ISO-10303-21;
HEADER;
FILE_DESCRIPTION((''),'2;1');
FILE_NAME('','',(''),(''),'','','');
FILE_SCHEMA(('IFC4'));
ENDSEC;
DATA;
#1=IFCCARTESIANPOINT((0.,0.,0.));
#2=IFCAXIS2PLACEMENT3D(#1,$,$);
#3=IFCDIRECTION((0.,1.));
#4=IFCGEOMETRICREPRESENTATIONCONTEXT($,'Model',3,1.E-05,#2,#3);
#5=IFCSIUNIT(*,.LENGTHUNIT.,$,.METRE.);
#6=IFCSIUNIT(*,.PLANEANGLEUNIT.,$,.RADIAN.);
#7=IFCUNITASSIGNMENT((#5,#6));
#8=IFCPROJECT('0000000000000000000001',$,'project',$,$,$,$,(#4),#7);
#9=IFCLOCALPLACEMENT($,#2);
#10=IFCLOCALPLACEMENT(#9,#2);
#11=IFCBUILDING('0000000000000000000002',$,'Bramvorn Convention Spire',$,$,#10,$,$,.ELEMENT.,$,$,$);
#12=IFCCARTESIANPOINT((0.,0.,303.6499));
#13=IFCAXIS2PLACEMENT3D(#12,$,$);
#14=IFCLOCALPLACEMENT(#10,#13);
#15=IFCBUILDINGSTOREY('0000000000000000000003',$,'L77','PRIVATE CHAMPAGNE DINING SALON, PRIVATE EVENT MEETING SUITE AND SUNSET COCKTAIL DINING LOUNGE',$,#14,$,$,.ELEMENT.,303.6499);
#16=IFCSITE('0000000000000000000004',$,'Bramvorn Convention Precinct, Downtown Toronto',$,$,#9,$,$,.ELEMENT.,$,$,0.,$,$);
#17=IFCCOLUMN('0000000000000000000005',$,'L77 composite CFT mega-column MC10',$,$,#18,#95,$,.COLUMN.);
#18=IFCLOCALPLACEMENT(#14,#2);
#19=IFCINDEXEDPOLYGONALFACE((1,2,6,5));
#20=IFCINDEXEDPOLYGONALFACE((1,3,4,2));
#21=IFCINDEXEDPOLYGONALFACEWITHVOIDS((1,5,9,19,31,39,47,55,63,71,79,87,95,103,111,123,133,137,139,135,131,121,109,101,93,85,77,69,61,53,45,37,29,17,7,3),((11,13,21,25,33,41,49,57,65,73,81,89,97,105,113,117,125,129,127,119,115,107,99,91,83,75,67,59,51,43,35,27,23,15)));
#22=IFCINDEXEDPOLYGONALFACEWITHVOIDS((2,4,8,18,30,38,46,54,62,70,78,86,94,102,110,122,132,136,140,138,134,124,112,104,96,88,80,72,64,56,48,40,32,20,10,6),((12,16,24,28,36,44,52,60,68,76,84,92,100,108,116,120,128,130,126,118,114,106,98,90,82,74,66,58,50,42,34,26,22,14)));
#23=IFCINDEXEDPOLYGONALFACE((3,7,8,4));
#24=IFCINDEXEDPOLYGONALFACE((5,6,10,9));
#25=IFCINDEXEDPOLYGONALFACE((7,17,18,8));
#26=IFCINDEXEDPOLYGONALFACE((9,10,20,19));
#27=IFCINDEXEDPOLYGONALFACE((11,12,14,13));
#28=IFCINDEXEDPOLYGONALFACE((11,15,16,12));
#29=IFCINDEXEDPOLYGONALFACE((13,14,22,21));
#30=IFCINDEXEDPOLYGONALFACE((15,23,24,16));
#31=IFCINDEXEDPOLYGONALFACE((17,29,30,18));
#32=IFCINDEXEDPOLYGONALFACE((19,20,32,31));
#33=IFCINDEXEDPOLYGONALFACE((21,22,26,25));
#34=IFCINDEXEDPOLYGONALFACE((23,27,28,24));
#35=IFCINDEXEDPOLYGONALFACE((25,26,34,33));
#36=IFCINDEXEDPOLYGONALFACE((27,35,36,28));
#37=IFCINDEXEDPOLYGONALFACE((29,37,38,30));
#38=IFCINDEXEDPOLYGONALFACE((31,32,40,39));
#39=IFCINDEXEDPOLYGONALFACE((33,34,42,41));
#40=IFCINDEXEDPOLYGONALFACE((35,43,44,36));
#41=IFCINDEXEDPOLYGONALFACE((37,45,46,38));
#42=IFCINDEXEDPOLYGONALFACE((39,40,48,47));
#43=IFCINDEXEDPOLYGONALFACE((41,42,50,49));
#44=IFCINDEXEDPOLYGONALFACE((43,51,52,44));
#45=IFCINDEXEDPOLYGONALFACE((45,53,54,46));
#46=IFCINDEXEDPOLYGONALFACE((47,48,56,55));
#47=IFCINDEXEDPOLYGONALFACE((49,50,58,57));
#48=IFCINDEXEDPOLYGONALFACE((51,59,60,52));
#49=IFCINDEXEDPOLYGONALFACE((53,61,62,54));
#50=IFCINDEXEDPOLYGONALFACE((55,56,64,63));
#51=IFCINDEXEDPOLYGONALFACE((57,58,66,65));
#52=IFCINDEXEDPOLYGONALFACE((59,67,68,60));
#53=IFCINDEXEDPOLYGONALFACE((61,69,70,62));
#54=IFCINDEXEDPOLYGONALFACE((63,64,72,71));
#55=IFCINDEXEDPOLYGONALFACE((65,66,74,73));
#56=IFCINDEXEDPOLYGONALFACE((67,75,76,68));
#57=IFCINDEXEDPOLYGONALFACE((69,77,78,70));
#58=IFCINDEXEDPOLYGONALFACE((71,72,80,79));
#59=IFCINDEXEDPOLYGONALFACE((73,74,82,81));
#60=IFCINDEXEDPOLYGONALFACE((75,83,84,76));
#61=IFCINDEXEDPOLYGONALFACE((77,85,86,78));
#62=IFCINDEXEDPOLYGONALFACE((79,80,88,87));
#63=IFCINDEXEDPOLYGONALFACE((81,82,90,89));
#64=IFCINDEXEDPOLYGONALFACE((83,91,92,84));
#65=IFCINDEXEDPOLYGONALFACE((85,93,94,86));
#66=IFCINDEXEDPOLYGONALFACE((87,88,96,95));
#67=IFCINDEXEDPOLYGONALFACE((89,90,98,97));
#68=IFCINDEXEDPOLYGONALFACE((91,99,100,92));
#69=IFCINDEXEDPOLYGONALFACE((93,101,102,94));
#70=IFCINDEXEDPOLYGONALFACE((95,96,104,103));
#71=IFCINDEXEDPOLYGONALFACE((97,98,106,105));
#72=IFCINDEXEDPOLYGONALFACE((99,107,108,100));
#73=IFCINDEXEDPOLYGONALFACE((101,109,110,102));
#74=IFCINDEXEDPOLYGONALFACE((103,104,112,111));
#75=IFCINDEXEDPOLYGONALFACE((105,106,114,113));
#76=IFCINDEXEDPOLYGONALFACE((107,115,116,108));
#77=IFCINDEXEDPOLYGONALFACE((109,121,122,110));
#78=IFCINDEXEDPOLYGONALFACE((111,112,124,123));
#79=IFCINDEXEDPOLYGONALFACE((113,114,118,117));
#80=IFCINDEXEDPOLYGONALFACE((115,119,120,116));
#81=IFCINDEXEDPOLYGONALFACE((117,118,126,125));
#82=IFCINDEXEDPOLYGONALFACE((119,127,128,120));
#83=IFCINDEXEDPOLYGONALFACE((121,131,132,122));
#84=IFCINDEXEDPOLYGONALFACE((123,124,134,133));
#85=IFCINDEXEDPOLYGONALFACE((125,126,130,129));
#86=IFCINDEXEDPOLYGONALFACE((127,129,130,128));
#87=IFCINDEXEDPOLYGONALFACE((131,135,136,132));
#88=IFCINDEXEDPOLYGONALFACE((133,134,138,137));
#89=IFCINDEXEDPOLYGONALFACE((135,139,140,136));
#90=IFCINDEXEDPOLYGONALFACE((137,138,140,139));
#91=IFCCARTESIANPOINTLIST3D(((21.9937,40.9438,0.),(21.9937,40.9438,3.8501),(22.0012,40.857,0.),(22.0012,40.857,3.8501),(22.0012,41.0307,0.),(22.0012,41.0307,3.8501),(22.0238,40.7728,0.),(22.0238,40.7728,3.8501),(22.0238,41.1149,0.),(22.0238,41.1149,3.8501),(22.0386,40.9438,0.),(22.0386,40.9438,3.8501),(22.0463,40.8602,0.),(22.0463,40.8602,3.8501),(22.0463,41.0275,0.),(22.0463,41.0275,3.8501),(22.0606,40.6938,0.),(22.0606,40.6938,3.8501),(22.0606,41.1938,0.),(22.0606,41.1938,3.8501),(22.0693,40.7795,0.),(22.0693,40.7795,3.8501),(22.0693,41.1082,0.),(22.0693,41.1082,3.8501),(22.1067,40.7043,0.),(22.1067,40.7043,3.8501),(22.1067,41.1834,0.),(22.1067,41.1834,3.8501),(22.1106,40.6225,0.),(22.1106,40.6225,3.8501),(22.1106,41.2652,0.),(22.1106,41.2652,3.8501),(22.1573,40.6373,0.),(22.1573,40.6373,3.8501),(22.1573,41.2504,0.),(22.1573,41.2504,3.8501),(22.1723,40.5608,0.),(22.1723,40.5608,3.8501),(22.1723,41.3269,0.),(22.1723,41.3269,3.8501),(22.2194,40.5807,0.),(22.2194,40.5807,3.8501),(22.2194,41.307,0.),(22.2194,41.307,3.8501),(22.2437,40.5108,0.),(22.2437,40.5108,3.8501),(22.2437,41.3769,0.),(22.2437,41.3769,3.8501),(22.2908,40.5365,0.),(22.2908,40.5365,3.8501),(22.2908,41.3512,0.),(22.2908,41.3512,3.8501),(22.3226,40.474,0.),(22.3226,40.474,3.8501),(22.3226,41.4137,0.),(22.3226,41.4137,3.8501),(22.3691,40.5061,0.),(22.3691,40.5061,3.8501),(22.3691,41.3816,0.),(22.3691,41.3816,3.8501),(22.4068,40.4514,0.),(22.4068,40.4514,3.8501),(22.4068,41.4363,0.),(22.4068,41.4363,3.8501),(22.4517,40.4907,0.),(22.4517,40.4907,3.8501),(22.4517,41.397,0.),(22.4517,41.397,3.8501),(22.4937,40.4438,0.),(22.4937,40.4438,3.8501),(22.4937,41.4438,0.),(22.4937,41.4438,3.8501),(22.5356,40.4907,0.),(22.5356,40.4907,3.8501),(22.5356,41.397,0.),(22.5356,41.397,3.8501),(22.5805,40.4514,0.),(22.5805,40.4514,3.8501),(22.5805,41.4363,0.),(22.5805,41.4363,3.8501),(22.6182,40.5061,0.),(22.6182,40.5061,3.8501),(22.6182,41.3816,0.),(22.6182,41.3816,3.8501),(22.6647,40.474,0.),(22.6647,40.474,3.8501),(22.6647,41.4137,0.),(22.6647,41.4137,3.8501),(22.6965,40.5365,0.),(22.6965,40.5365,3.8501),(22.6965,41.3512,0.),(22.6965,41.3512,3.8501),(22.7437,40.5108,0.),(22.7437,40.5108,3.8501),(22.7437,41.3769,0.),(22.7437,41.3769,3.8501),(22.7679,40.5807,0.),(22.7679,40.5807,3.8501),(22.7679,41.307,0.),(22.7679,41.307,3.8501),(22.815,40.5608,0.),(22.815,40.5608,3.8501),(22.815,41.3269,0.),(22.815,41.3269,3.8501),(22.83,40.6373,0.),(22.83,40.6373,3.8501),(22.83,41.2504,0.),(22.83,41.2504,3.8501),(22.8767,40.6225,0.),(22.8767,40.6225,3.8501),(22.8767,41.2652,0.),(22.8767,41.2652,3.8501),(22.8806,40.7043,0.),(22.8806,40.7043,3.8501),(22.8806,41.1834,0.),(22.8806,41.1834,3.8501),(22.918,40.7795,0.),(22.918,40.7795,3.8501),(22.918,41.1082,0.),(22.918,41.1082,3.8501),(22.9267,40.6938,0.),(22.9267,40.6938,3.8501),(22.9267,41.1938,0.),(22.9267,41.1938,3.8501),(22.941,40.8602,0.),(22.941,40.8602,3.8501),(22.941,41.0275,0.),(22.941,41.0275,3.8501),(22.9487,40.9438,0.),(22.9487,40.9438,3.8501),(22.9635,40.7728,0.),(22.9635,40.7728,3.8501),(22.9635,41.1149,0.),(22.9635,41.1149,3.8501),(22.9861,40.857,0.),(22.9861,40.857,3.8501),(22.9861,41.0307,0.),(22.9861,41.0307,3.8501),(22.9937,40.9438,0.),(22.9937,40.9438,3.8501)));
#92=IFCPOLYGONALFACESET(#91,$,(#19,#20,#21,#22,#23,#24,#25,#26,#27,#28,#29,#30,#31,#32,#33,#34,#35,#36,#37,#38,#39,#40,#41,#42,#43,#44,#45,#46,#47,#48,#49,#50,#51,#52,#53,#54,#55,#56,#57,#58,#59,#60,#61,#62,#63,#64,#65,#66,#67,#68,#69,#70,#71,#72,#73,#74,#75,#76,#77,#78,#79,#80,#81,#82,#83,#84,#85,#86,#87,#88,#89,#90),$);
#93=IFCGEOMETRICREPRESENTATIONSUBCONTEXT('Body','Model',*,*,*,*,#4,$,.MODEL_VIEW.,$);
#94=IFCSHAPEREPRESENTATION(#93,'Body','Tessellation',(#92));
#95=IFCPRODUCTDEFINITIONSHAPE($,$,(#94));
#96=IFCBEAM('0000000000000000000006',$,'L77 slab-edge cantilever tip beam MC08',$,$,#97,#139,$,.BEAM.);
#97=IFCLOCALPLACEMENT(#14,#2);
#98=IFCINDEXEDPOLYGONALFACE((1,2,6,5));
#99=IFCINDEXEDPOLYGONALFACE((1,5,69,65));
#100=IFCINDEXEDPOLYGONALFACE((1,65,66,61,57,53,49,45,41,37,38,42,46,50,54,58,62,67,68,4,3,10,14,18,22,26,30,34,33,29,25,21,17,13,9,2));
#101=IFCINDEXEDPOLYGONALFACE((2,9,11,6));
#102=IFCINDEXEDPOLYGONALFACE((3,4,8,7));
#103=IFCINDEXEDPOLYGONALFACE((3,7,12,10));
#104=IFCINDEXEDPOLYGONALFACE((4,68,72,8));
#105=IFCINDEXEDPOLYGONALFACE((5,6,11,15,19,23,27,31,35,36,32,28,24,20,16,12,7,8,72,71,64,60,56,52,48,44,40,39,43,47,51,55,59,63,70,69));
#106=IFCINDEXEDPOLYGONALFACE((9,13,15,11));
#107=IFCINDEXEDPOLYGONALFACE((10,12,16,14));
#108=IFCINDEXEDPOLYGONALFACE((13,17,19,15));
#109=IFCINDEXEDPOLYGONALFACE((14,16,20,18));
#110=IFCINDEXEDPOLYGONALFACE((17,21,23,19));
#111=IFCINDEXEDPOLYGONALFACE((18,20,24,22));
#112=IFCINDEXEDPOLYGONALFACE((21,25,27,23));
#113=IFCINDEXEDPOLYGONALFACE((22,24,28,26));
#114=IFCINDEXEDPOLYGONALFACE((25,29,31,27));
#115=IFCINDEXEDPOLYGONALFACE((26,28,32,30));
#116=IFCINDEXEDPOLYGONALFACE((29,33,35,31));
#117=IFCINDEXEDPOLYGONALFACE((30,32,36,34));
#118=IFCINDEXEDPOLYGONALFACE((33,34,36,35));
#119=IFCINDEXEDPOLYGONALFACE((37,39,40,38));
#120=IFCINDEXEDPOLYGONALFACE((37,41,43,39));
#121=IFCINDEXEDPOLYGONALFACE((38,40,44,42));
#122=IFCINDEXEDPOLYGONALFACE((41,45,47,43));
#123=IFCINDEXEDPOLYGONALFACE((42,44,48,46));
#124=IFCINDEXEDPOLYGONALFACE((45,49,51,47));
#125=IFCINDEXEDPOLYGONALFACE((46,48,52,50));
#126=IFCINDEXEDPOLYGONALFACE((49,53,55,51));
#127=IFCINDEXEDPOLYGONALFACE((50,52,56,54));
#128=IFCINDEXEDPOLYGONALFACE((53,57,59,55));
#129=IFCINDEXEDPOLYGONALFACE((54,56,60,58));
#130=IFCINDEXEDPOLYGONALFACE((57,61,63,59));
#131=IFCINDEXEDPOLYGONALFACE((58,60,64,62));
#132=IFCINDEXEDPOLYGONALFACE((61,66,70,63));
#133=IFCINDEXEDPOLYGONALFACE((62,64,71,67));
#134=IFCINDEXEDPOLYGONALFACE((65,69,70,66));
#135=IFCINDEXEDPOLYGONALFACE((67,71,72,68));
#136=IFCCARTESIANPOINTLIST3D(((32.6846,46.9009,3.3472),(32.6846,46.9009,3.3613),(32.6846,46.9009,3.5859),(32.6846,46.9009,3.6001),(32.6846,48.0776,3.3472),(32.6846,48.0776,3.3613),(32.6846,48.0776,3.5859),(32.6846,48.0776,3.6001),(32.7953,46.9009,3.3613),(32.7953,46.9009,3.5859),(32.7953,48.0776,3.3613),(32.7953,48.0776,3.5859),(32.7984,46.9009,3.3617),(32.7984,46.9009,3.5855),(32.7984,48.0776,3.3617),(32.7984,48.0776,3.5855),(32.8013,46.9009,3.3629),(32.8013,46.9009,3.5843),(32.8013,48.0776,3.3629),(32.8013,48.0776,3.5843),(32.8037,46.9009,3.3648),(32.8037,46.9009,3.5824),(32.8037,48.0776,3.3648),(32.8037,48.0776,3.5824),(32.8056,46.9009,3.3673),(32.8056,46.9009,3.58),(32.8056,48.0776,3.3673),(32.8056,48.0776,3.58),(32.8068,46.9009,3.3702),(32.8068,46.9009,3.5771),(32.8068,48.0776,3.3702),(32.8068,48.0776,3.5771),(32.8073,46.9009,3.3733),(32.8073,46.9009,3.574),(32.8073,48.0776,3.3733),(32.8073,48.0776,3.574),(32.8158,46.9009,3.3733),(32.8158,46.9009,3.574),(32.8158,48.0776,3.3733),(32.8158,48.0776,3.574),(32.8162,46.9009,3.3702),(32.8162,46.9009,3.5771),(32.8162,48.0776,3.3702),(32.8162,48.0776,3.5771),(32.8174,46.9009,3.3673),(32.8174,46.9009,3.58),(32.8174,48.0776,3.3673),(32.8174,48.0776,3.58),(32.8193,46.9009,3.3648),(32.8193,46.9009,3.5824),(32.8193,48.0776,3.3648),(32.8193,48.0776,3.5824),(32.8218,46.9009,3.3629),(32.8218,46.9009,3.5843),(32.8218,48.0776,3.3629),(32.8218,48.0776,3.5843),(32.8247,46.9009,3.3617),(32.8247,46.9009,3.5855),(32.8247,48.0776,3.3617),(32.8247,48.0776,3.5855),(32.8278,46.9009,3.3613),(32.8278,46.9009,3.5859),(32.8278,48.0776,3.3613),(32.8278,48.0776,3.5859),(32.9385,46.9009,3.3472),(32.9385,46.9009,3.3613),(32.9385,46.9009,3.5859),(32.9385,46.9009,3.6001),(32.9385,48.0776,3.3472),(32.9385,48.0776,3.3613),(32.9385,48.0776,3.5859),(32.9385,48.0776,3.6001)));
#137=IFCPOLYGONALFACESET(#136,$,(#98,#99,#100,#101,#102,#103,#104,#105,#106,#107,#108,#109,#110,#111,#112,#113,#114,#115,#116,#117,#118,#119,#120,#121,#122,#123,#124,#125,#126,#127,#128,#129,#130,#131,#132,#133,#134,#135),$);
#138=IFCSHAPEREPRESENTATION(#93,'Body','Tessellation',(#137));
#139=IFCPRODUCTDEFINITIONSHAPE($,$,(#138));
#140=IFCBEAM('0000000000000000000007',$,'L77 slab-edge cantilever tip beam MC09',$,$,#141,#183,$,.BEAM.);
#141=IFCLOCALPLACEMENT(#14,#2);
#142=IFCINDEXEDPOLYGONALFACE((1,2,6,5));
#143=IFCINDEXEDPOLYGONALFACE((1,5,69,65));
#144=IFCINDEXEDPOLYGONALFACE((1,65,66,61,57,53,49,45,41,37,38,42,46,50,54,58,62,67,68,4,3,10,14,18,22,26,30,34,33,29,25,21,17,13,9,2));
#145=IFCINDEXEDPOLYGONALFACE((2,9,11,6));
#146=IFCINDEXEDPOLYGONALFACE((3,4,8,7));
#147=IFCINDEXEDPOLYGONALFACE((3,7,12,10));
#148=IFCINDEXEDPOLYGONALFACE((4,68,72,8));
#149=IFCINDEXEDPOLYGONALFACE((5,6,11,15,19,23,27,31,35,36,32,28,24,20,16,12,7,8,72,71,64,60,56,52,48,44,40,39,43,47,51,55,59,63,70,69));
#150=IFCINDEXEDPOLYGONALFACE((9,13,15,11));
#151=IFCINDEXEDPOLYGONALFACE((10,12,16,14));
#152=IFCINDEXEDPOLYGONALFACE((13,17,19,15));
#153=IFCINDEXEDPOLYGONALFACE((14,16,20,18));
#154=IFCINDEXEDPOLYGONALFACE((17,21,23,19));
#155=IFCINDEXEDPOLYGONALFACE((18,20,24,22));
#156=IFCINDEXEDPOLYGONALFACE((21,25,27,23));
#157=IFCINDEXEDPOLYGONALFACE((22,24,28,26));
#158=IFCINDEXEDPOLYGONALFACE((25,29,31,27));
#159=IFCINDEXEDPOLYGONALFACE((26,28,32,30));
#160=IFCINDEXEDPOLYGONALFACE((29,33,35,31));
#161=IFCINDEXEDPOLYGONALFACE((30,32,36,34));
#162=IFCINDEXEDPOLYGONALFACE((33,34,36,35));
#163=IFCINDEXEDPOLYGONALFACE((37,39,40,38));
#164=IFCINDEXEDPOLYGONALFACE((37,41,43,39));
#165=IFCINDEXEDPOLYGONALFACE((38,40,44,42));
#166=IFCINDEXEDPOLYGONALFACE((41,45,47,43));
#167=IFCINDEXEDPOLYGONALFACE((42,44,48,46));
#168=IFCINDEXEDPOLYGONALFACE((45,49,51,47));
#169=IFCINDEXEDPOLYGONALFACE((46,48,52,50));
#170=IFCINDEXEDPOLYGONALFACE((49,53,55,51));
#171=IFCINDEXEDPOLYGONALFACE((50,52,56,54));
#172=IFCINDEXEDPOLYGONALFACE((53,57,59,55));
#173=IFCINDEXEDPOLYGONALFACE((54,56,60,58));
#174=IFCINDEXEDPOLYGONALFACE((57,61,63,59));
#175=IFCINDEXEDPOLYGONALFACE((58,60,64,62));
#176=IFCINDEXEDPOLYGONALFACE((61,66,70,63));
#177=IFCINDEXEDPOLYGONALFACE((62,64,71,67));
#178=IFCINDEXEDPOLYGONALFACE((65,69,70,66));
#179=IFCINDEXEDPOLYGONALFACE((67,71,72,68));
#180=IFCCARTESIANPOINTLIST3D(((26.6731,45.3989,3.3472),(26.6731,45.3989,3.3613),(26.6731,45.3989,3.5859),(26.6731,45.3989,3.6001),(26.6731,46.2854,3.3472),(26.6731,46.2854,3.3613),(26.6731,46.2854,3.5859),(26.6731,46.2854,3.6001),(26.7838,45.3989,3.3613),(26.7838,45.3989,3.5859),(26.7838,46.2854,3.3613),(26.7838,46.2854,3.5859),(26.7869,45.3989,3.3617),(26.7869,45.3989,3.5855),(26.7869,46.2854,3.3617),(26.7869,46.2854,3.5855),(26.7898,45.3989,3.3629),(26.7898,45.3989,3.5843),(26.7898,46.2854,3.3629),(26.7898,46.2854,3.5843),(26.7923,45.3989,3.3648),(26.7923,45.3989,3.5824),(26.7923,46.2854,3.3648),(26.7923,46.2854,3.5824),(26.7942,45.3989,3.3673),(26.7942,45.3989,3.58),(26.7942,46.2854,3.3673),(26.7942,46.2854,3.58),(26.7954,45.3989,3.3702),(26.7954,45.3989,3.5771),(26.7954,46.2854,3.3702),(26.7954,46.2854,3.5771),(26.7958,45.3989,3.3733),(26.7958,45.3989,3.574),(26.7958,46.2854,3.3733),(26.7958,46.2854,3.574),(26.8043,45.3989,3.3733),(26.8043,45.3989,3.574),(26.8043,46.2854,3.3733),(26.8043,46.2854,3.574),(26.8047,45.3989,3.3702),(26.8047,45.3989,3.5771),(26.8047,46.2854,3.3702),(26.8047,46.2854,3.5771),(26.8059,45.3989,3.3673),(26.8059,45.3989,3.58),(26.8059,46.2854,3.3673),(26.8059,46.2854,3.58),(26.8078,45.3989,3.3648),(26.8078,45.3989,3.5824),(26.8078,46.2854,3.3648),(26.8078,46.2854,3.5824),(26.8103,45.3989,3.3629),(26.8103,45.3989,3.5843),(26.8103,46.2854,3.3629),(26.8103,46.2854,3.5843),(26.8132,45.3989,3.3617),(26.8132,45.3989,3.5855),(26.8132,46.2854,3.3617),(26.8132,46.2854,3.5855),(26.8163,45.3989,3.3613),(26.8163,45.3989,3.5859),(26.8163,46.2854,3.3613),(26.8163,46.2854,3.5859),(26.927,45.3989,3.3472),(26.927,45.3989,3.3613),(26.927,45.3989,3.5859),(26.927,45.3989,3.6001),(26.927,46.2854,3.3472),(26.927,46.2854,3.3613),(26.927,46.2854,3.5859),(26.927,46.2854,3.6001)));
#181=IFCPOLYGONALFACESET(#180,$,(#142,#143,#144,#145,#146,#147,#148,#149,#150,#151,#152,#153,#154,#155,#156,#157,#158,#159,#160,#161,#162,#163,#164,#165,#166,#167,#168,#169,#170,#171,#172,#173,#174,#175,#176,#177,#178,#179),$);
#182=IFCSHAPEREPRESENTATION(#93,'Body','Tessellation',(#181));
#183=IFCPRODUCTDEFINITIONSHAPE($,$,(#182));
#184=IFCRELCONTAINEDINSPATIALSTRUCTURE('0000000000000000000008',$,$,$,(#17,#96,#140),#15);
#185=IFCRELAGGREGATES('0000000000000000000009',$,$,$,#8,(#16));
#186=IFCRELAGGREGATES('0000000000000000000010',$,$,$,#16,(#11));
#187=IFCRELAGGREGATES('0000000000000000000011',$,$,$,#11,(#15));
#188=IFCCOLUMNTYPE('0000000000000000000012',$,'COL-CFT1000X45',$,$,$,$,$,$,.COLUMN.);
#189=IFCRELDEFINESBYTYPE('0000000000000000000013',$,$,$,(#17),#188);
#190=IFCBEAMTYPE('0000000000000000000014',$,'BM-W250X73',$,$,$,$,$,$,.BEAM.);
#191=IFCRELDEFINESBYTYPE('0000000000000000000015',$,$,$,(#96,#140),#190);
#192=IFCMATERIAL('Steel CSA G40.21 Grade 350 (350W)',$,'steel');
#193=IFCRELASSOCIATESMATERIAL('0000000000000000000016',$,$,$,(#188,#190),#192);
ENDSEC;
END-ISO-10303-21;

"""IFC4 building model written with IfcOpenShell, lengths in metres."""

from ifc_helpers import new_model, si_unit, direction, frame, origin, origin_2d, place, context, subcontext, project, spatial, hollow_circle, i_section, extrude, material, material_profile, profile_set, type_object, element, save


model = new_model("IFC4")

# Units and contexts
model_context = context("Model", 3, precision=1e-05, world=origin(), true_north=direction((0.0, 1.0)))
body_context = subcontext(model_context, "Body", "Model", "MODEL_VIEW")
ifc_project = project(units=[si_unit("LENGTHUNIT", "METRE"), si_unit("PLANEANGLEUNIT", "RADIAN")], contexts=[model_context])

# Site, building, storey
site_placement = place(None, origin())
site = spatial("IfcSite", under=ifc_project, at=site_placement, Name="Bramvorn Convention Precinct, Downtown Toronto", CompositionType="ELEMENT", RefElevation=0.0)
building_placement = place(site_placement, origin())
building = spatial("IfcBuilding", under=site, at=building_placement, Name="Bramvorn Convention Spire", CompositionType="ELEMENT")
storey_placement = place(building_placement, frame((0.0, 0.0, 303.6499)))
storey = spatial("IfcBuildingStorey", under=building, at=storey_placement, Name="L77", Description="PRIVATE CHAMPAGNE DINING SALON, PRIVATE EVENT MEETING SUITE AND SUNSET COCKTAIL DINING LOUNGE", CompositionType="ELEMENT", Elevation=303.6499)

# Column
ifc_material_1 = material(Name="Steel CSA G40.21 Grade 350 (350W)", Category="steel")
ifc_material_profile_1 = material_profile(ifc_material_1, hollow_circle(Radius=0.5, WallThickness=0.0449, at=origin_2d()))
ifc_profile_set_1 = profile_set([ifc_material_profile_1], Name="Steel CSA G40.21 Grade 350 (350W) - CFT1000X45")
column_type = type_object("IfcColumnType", Name="COL-CFT1000X45", PredefinedType="COLUMN", material=ifc_profile_set_1)
for number, where, z_axis, x_axis, name in (
    (1, (22.4937, 40.9438, 0.0), (0.0, 0.0, 1.0), (1.0, 0.0, 0.0), "L77 composite CFT mega-column MC10"),
):
    element("IfcColumn", number, at=place(storey_placement, frame(where, z_axis=z_axis, x_axis=x_axis)), inside=storey, type_object=column_type, Name=name, PredefinedType="COLUMN", context=body_context, shape_type="SweptSolid", body=[
        extrude(hollow_circle(Radius=0.5, WallThickness=0.0449, at=origin_2d()), origin(), (0.0, 0.0, 1.0), 3.8501),
    ])

# Beams
ifc_material_profile_2 = material_profile(ifc_material_1, i_section(OverallWidth=0.2539, OverallDepth=0.2529, WebThickness=0.0085, FlangeThickness=0.0142, FilletRadius=0.012, at=origin_2d()))
ifc_profile_set_2 = profile_set([ifc_material_profile_2], Name="Steel CSA G40.21 Grade 350 (350W) - W250X73")
beam_type_1 = type_object("IfcBeamType", Name="BM-W250X73", PredefinedType="BEAM", material=ifc_profile_set_2)
beam_1_placement = place(storey_placement, frame((32.8115, 46.9009, 3.4736), z_axis=(0.0, 1.0, 0.0), x_axis=(-1.0, 0.0, 0.0)))
element("IfcBeam", 2, at=beam_1_placement, inside=storey, type_object=beam_type_1, Name="L77 slab-edge cantilever tip beam MC08", PredefinedType="BEAM", context=body_context, shape_type="SweptSolid", body=[
    extrude(i_section(OverallWidth=0.2539, OverallDepth=0.2529, WebThickness=0.0085, FlangeThickness=0.0142, FilletRadius=0.012, at=origin_2d()), origin(), (0.0, 0.0, 1.0), 1.1768),
])
beam_2_placement = place(storey_placement, frame((26.8, 45.3989, 3.4736), z_axis=(0.0, 1.0, 0.0), x_axis=(-1.0, 0.0, 0.0)))
element("IfcBeam", 3, at=beam_2_placement, inside=storey, type_object=beam_type_1, Name="L77 slab-edge cantilever tip beam MC09", PredefinedType="BEAM", context=body_context, shape_type="SweptSolid", body=[
    extrude(i_section(OverallWidth=0.2539, OverallDepth=0.2529, WebThickness=0.0085, FlangeThickness=0.0142, FilletRadius=0.012, at=origin_2d()), origin(), (0.0, 0.0, 1.0), 0.8865),
])

save(model, "model.ifc")
